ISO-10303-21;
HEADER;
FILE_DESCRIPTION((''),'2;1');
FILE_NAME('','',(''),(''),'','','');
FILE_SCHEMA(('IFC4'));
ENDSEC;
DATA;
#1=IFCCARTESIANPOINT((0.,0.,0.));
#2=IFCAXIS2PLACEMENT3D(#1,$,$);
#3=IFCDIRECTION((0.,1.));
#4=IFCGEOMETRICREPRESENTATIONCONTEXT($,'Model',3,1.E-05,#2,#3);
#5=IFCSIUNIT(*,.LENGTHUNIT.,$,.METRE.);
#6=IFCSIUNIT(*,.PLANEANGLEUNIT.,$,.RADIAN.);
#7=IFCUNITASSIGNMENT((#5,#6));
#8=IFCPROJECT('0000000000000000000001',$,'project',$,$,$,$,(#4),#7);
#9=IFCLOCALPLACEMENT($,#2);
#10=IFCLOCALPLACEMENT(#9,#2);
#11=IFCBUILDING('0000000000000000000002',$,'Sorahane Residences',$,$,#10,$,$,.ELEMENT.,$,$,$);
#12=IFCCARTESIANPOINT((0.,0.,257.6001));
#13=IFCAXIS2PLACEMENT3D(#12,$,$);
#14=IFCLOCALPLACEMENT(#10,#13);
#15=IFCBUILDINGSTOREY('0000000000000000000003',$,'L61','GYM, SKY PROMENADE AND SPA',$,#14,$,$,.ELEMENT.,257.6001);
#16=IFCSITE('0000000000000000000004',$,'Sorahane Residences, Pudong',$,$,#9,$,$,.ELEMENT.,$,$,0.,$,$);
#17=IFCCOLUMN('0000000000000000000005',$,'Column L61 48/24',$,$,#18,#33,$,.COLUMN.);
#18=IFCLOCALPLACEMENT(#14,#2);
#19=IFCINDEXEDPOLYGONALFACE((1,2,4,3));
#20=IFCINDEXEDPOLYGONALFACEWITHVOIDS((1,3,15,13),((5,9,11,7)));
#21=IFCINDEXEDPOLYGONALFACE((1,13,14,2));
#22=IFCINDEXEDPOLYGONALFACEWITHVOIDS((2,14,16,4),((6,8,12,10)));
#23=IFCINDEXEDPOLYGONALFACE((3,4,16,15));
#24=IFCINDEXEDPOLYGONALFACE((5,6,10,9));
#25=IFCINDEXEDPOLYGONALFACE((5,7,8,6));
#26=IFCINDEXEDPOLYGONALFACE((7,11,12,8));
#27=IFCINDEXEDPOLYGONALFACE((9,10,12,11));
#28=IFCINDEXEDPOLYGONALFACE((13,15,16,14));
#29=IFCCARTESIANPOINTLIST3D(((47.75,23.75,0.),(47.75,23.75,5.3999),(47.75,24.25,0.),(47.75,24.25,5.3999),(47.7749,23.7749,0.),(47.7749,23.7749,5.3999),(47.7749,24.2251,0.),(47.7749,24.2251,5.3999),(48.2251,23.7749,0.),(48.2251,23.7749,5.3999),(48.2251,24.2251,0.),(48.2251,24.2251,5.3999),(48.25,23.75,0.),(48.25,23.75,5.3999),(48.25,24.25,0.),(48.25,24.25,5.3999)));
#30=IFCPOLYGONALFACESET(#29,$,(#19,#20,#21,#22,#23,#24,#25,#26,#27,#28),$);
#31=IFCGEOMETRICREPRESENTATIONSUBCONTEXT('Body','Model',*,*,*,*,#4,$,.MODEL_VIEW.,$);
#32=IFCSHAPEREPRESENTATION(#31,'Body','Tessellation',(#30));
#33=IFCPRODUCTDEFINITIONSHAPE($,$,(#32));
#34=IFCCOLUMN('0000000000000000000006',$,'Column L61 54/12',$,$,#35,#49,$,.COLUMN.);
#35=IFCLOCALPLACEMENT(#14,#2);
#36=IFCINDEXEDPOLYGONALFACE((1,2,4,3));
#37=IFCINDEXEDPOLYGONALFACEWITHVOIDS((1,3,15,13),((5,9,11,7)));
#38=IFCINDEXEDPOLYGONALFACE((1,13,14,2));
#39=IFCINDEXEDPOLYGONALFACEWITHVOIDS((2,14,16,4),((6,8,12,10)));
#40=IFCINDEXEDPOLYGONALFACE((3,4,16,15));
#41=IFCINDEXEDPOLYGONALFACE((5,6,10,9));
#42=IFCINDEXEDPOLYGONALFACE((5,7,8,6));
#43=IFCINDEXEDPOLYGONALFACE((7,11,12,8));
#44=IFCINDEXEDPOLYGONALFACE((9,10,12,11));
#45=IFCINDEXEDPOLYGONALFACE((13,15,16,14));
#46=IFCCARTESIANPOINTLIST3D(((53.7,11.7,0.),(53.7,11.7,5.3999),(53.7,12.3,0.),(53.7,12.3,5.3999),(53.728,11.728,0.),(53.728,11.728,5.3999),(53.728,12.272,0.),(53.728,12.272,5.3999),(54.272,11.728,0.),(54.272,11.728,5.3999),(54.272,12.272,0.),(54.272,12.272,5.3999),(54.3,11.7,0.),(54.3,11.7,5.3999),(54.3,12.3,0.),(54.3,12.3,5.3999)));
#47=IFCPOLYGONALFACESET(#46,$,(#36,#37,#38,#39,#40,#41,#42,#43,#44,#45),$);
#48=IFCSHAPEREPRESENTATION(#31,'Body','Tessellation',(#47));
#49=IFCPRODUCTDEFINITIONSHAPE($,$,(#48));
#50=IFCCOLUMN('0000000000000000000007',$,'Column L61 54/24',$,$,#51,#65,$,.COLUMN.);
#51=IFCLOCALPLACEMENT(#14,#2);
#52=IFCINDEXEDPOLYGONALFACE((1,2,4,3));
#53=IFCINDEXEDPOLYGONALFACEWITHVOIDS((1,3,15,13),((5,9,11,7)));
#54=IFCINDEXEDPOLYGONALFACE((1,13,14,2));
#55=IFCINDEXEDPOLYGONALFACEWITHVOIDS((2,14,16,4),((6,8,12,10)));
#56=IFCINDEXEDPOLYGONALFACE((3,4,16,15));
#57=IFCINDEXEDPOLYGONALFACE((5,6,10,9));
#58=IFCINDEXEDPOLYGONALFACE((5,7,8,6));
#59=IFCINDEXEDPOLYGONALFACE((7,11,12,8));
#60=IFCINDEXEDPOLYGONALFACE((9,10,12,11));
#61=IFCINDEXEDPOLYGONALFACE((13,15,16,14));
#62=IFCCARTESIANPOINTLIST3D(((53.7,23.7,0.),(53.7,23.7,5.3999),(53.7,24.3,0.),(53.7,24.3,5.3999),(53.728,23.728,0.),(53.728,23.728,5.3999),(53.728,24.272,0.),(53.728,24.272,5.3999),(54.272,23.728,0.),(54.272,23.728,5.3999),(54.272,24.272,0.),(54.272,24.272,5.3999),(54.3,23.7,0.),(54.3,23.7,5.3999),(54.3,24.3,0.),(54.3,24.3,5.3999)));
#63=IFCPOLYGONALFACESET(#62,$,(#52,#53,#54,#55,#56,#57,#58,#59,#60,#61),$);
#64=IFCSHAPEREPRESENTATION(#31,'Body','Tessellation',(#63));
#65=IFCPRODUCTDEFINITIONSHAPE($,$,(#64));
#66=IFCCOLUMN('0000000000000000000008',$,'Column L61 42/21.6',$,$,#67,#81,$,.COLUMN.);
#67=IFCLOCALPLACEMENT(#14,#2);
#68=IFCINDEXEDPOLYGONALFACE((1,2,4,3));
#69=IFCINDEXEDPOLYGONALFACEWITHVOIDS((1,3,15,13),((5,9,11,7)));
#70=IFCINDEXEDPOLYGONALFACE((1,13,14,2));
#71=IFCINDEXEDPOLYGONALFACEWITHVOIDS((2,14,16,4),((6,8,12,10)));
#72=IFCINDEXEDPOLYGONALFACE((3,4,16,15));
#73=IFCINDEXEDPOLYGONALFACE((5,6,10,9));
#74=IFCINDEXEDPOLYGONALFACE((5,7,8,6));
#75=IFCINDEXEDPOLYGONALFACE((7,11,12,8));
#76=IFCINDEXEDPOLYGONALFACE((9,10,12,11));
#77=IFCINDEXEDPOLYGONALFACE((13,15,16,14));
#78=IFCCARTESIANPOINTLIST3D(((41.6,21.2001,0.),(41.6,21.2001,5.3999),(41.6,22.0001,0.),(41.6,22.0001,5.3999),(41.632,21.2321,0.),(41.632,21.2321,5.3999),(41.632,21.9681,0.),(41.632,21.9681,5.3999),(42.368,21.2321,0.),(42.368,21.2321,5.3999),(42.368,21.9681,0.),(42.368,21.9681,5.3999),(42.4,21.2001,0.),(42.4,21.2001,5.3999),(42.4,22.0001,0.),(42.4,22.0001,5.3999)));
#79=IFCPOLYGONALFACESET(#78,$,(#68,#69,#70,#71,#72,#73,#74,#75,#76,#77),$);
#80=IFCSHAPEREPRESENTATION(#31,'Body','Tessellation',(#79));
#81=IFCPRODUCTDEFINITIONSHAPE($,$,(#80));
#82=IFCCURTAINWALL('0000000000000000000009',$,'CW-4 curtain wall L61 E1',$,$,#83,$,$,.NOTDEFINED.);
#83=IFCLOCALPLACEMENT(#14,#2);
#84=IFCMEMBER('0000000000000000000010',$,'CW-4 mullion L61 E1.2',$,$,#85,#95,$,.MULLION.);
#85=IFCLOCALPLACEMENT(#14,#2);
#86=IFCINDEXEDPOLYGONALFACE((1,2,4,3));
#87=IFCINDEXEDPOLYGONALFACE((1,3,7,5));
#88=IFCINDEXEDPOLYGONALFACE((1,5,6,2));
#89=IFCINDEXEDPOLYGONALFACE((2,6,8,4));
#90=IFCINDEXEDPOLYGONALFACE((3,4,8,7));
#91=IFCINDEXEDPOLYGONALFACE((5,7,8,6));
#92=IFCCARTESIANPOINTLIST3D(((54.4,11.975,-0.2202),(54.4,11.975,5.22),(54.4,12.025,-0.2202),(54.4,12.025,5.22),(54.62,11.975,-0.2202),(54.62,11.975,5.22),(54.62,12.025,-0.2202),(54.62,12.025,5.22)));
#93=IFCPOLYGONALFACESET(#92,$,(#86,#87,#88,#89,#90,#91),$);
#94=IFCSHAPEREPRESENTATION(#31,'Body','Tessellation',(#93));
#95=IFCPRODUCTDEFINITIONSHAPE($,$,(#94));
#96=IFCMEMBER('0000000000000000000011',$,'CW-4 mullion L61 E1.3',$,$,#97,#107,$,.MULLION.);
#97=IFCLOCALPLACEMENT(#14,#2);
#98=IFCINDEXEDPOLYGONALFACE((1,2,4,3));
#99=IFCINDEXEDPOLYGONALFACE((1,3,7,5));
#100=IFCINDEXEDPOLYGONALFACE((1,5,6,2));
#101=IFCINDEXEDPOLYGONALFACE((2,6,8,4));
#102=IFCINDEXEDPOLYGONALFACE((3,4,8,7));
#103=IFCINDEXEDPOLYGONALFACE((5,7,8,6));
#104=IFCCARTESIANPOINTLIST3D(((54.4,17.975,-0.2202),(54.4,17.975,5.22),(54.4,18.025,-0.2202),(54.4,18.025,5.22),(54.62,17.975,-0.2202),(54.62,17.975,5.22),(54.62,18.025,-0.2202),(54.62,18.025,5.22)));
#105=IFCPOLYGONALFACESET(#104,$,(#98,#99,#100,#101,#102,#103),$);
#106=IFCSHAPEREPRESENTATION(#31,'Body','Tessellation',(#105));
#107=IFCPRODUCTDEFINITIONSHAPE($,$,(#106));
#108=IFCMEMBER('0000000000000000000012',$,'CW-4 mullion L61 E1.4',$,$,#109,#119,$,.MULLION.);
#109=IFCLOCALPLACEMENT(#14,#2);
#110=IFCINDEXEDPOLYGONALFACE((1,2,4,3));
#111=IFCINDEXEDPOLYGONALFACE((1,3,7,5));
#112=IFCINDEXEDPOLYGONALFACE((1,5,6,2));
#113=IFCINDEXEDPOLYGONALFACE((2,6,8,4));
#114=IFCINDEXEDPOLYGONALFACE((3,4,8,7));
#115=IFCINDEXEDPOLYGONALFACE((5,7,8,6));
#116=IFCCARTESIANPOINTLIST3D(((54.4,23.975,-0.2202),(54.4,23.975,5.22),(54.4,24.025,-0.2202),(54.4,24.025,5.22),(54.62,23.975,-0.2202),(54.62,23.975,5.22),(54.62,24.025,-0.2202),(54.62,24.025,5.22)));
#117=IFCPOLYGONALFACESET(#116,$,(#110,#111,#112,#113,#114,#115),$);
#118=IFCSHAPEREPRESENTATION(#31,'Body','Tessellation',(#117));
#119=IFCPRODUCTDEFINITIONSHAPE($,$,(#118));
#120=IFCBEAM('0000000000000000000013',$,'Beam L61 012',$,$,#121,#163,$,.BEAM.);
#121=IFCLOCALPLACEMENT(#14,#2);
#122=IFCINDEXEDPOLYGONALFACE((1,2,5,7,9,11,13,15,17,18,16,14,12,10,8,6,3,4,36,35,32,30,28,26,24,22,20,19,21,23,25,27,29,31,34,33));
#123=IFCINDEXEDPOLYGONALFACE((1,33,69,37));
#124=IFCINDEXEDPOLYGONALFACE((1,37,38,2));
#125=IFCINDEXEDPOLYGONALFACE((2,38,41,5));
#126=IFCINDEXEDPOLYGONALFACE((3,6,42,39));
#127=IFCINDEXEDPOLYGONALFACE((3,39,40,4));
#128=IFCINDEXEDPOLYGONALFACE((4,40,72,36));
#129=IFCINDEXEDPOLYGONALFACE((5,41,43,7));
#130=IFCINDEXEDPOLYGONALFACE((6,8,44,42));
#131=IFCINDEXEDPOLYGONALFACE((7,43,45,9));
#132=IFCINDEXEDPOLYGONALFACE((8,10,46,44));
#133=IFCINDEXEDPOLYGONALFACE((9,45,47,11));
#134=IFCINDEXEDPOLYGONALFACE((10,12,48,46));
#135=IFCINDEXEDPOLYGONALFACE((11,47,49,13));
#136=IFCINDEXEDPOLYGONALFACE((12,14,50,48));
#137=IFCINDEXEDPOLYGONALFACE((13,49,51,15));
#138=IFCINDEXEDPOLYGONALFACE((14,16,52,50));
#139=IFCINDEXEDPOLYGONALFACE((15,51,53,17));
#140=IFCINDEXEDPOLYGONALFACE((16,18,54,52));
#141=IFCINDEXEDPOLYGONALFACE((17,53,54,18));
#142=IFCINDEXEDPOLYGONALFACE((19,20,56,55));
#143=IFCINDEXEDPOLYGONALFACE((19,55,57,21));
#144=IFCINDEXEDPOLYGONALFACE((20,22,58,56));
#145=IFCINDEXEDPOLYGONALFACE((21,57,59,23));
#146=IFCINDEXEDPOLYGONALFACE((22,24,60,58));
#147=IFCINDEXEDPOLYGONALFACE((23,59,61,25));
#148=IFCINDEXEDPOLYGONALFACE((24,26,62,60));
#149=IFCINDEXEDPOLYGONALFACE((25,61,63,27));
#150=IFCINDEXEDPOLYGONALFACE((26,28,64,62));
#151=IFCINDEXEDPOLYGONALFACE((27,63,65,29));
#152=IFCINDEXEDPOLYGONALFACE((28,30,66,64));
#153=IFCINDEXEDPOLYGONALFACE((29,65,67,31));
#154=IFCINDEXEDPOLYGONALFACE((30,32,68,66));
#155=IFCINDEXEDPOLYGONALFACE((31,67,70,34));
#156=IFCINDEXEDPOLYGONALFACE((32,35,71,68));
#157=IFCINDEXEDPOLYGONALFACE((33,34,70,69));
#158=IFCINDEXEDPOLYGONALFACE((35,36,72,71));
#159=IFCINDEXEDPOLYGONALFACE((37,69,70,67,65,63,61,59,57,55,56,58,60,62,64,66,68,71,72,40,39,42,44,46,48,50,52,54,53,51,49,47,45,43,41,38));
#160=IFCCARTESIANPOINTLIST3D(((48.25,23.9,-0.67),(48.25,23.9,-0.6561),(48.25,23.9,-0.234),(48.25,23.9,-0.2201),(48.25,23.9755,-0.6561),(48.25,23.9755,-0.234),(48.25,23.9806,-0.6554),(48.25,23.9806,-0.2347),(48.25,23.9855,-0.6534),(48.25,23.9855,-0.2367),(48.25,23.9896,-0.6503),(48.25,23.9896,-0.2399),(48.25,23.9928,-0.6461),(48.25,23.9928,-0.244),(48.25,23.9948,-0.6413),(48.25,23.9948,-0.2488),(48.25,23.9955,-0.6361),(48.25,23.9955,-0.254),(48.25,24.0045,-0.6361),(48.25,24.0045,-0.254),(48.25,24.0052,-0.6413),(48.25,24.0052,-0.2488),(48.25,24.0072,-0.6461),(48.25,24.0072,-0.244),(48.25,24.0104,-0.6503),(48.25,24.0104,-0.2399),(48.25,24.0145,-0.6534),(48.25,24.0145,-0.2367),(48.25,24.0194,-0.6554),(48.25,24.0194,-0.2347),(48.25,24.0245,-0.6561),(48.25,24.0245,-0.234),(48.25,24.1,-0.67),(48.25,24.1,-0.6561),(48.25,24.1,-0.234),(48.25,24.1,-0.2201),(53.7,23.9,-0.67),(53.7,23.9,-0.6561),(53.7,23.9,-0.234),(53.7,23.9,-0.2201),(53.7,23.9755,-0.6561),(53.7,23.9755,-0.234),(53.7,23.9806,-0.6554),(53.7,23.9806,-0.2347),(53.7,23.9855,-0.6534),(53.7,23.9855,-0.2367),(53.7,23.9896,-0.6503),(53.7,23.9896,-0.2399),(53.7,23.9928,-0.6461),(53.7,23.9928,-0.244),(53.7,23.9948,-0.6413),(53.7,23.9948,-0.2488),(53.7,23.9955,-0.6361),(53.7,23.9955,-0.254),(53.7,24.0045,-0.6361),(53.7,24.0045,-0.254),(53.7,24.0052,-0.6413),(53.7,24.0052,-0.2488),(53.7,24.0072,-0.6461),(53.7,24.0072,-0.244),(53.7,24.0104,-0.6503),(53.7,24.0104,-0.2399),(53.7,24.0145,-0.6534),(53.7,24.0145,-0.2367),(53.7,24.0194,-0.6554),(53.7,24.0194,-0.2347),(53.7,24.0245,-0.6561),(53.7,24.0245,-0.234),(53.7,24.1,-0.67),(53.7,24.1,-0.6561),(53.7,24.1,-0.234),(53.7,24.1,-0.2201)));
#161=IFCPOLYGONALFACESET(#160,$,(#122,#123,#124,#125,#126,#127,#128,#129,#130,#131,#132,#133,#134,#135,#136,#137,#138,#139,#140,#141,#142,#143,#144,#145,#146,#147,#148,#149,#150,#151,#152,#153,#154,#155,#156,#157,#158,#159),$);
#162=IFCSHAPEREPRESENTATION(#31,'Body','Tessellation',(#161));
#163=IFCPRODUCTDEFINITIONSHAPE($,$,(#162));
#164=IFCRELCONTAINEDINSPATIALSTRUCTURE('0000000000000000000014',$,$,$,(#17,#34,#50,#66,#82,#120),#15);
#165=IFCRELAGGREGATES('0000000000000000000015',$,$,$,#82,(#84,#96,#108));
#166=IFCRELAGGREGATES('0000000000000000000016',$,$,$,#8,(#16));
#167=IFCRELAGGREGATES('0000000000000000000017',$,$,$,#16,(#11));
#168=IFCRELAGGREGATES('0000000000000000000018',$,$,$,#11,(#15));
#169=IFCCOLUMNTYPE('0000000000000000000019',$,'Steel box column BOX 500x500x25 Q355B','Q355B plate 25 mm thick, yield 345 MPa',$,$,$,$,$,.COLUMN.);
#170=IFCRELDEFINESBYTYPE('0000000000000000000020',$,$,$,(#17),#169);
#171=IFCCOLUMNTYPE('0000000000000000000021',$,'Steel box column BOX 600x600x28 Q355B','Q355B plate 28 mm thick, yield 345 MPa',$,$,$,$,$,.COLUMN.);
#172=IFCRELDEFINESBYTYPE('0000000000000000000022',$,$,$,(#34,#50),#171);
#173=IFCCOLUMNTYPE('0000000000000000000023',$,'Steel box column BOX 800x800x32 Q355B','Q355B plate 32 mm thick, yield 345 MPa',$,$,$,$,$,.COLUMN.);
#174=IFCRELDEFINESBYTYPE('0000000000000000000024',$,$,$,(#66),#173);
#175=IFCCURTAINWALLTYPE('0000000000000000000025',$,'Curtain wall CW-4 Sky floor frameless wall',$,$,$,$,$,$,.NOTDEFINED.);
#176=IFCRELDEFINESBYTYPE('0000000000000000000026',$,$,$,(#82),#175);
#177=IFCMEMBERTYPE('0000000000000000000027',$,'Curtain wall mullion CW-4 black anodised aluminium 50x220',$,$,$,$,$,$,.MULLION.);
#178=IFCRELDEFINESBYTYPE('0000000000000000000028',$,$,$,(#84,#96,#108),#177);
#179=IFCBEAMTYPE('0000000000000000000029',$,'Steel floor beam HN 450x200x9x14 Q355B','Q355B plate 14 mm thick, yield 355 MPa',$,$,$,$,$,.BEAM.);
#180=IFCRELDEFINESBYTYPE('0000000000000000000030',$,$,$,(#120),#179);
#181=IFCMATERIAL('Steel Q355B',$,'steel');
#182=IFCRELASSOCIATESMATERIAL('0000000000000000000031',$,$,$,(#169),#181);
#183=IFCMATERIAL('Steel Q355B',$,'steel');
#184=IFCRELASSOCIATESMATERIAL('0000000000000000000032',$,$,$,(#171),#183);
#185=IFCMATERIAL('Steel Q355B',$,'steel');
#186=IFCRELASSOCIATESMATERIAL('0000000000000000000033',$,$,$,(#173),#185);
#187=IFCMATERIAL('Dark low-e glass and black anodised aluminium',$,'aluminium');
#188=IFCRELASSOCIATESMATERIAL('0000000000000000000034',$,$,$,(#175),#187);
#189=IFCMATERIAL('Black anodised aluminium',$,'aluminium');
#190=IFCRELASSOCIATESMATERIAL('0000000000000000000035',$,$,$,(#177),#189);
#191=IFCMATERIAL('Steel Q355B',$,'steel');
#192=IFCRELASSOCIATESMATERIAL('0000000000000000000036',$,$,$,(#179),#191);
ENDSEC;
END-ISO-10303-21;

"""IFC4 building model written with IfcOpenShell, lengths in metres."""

from ifc_helpers import new_model, si_unit, direction, frame, origin, origin_2d, place, context, subcontext, project, spatial, rectangle, hollow_rectangle, i_section, extrude, material, material_profile, profile_set, type_object, element, aggregate, save


model = new_model("IFC4")

# Units and contexts
model_context = context("Model", 3, precision=1e-05, world=origin(), true_north=direction((0.0, 1.0)))
body_context = subcontext(model_context, "Body", "Model", "MODEL_VIEW")
ifc_project = project(units=[si_unit("LENGTHUNIT", "METRE"), si_unit("PLANEANGLEUNIT", "RADIAN")], contexts=[model_context])

# Site, building, storey
site_placement = place(None, origin())
site = spatial("IfcSite", under=ifc_project, at=site_placement, Name="Sorahane Residences, Pudong", CompositionType="ELEMENT", RefElevation=0.0)
building_placement = place(site_placement, origin())
building = spatial("IfcBuilding", under=site, at=building_placement, Name="Sorahane Residences", CompositionType="ELEMENT")
storey_placement = place(building_placement, frame((0.0, 0.0, 257.6001)))
storey = spatial("IfcBuildingStorey", under=building, at=storey_placement, Name="L61", Description="GYM, SKY PROMENADE AND SPA", CompositionType="ELEMENT", Elevation=257.6001)

# Columns
ifc_material_1 = material(Name="Steel Q355B", Category="steel")
ifc_material_profile_1 = material_profile(ifc_material_1, hollow_rectangle(XDim=0.5, YDim=0.5, WallThickness=0.0249, at=origin_2d()), Name="BOX 500x500x25")
ifc_profile_set_1 = profile_set([ifc_material_profile_1], Name="Steel Q355B")
column_type_1 = type_object("IfcColumnType", Name="Steel box column BOX 500x500x25 Q355B", Description="Q355B plate 25 mm thick, yield 345 MPa", PredefinedType="COLUMN", material=ifc_profile_set_1)
column_1_placement = place(storey_placement, frame((48.0, 24.0, 0.0), z_axis=(0.0, 0.0, 1.0), x_axis=(1.0, 0.0, 0.0)))
element("IfcColumn", 1, at=column_1_placement, inside=storey, type_object=column_type_1, Name="Column L61 48/24", PredefinedType="COLUMN", context=body_context, shape_type="SweptSolid", body=[
    extrude(hollow_rectangle(XDim=0.5, YDim=0.5, WallThickness=0.0249, at=origin_2d()), origin(), (0.0, 0.0, 1.0), 5.3999),
])
ifc_material_2 = material(Name="Steel Q355B", Category="steel")
ifc_material_profile_2 = material_profile(ifc_material_2, hollow_rectangle(XDim=0.6001, YDim=0.6001, WallThickness=0.0281, at=origin_2d()), Name="BOX 600x600x28")
ifc_profile_set_2 = profile_set([ifc_material_profile_2], Name="Steel Q355B")
column_type_2 = type_object("IfcColumnType", Name="Steel box column BOX 600x600x28 Q355B", Description="Q355B plate 28 mm thick, yield 345 MPa", PredefinedType="COLUMN", material=ifc_profile_set_2)
for number, where, z_axis, x_axis, name in (
    (2, (54.0, 12.0, 0.0), (0.0, 0.0, 1.0), (1.0, 0.0, 0.0), "Column L61 54/12"),
    (3, (54.0, 24.0, 0.0), (0.0, 0.0, 1.0), (1.0, 0.0, 0.0), "Column L61 54/24"),
):
    element("IfcColumn", number, at=place(storey_placement, frame(where, z_axis=z_axis, x_axis=x_axis)), inside=storey, type_object=column_type_2, Name=name, PredefinedType="COLUMN", context=body_context, shape_type="SweptSolid", body=[
        extrude(hollow_rectangle(XDim=0.6001, YDim=0.6001, WallThickness=0.0281, at=origin_2d()), origin(), (0.0, 0.0, 1.0), 5.3999),
    ])
ifc_material_3 = material(Name="Steel Q355B", Category="steel")
ifc_material_profile_3 = material_profile(ifc_material_3, hollow_rectangle(XDim=0.8, YDim=0.8, WallThickness=0.032, at=origin_2d()), Name="BOX 800x800x32")
ifc_profile_set_3 = profile_set([ifc_material_profile_3], Name="Steel Q355B")
column_type_3 = type_object("IfcColumnType", Name="Steel box column BOX 800x800x32 Q355B", Description="Q355B plate 32 mm thick, yield 345 MPa", PredefinedType="COLUMN", material=ifc_profile_set_3)
column_2_placement = place(storey_placement, frame((42.0, 21.6001, 0.0), z_axis=(0.0, 0.0, 1.0), x_axis=(1.0, 0.0, 0.0)))
element("IfcColumn", 4, at=column_2_placement, inside=storey, type_object=column_type_3, Name="Column L61 42/21.6", PredefinedType="COLUMN", context=body_context, shape_type="SweptSolid", body=[
    extrude(hollow_rectangle(XDim=0.8, YDim=0.8, WallThickness=0.032, at=origin_2d()), origin(), (0.0, 0.0, 1.0), 5.3999),
])

# Curtain wall, members
ifc_material_4 = material(Name="Dark low-e glass and black anodised aluminium", Category="aluminium")
curtain_wall_type = type_object("IfcCurtainWallType", Name="Curtain wall CW-4 Sky floor frameless wall", PredefinedType="NOTDEFINED", material=ifc_material_4)
curtain_wall_placement = place(storey_placement, origin())
curtain_wall = element("IfcCurtainWall", 5, at=curtain_wall_placement, inside=storey, type_object=curtain_wall_type, Name="CW-4 curtain wall L61 E1", PredefinedType="NOTDEFINED")
ifc_material_5 = material(Name="Black anodised aluminium", Category="aluminium")
ifc_material_profile_4 = material_profile(ifc_material_5, rectangle(XDim=0.22, YDim=0.05, at=origin_2d()), Name="Curtain wall mullion CW-4 black anodised aluminium 50x220")
ifc_profile_set_4 = profile_set([ifc_material_profile_4], Name="Black anodised aluminium")
member_type = type_object("IfcMemberType", Name="Curtain wall mullion CW-4 black anodised aluminium 50x220", PredefinedType="MULLION", material=ifc_profile_set_4)
member_1_placement = place(storey_placement, frame((54.51, 12.0, -0.2202), z_axis=(0.0, 0.0, 1.0), x_axis=(1.0, 0.0, 0.0)))
member_1 = element("IfcMember", 6, at=member_1_placement, type_object=member_type, Name="CW-4 mullion L61 E1.2", PredefinedType="MULLION", context=body_context, shape_type="SweptSolid", body=[
    extrude(rectangle(XDim=0.22, YDim=0.05, at=origin_2d()), origin(), (0.0, 0.0, 1.0), 5.4402),
])
member_2_placement = place(storey_placement, frame((54.51, 18.0, -0.2202), z_axis=(0.0, 0.0, 1.0), x_axis=(1.0, 0.0, 0.0)))
member_2 = element("IfcMember", 7, at=member_2_placement, type_object=member_type, Name="CW-4 mullion L61 E1.3", PredefinedType="MULLION", context=body_context, shape_type="SweptSolid", body=[
    extrude(rectangle(XDim=0.22, YDim=0.05, at=origin_2d()), origin(), (0.0, 0.0, 1.0), 5.4402),
])
member_3_placement = place(storey_placement, frame((54.51, 24.0, -0.2202), z_axis=(0.0, 0.0, 1.0), x_axis=(1.0, 0.0, 0.0)))
member_3 = element("IfcMember", 8, at=member_3_placement, type_object=member_type, Name="CW-4 mullion L61 E1.4", PredefinedType="MULLION", context=body_context, shape_type="SweptSolid", body=[
    extrude(rectangle(XDim=0.22, YDim=0.05, at=origin_2d()), origin(), (0.0, 0.0, 1.0), 5.4402),
])

# Beam
ifc_material_6 = material(Name="Steel Q355B", Category="steel")
ifc_material_profile_5 = material_profile(ifc_material_6, i_section(OverallWidth=0.2, OverallDepth=0.45, WebThickness=0.009, FlangeThickness=0.0139, FilletRadius=0.02, at=origin_2d()), Name="HN 450x200x9x14")
ifc_profile_set_5 = profile_set([ifc_material_profile_5], Name="Steel Q355B")
beam_type_1 = type_object("IfcBeamType", Name="Steel floor beam HN 450x200x9x14 Q355B", Description="Q355B plate 14 mm thick, yield 355 MPa", PredefinedType="BEAM", material=ifc_profile_set_5)
beam_1_placement = place(storey_placement, frame((48.25, 24.0, -0.4451), z_axis=(1.0, 0.0, 0.0), x_axis=(0.0, 1.0, 0.0)))
element("IfcBeam", 9, at=beam_1_placement, inside=storey, type_object=beam_type_1, Name="Beam L61 012", PredefinedType="BEAM", context=body_context, shape_type="SweptSolid", body=[
    extrude(i_section(OverallWidth=0.2, OverallDepth=0.45, WebThickness=0.009, FlangeThickness=0.0139, FilletRadius=0.02, at=origin_2d()), origin(), (0.0, 0.0, 1.0), 5.45),
])

aggregate(curtain_wall, [member_1, member_2, member_3])

save(model, "model.ifc")
